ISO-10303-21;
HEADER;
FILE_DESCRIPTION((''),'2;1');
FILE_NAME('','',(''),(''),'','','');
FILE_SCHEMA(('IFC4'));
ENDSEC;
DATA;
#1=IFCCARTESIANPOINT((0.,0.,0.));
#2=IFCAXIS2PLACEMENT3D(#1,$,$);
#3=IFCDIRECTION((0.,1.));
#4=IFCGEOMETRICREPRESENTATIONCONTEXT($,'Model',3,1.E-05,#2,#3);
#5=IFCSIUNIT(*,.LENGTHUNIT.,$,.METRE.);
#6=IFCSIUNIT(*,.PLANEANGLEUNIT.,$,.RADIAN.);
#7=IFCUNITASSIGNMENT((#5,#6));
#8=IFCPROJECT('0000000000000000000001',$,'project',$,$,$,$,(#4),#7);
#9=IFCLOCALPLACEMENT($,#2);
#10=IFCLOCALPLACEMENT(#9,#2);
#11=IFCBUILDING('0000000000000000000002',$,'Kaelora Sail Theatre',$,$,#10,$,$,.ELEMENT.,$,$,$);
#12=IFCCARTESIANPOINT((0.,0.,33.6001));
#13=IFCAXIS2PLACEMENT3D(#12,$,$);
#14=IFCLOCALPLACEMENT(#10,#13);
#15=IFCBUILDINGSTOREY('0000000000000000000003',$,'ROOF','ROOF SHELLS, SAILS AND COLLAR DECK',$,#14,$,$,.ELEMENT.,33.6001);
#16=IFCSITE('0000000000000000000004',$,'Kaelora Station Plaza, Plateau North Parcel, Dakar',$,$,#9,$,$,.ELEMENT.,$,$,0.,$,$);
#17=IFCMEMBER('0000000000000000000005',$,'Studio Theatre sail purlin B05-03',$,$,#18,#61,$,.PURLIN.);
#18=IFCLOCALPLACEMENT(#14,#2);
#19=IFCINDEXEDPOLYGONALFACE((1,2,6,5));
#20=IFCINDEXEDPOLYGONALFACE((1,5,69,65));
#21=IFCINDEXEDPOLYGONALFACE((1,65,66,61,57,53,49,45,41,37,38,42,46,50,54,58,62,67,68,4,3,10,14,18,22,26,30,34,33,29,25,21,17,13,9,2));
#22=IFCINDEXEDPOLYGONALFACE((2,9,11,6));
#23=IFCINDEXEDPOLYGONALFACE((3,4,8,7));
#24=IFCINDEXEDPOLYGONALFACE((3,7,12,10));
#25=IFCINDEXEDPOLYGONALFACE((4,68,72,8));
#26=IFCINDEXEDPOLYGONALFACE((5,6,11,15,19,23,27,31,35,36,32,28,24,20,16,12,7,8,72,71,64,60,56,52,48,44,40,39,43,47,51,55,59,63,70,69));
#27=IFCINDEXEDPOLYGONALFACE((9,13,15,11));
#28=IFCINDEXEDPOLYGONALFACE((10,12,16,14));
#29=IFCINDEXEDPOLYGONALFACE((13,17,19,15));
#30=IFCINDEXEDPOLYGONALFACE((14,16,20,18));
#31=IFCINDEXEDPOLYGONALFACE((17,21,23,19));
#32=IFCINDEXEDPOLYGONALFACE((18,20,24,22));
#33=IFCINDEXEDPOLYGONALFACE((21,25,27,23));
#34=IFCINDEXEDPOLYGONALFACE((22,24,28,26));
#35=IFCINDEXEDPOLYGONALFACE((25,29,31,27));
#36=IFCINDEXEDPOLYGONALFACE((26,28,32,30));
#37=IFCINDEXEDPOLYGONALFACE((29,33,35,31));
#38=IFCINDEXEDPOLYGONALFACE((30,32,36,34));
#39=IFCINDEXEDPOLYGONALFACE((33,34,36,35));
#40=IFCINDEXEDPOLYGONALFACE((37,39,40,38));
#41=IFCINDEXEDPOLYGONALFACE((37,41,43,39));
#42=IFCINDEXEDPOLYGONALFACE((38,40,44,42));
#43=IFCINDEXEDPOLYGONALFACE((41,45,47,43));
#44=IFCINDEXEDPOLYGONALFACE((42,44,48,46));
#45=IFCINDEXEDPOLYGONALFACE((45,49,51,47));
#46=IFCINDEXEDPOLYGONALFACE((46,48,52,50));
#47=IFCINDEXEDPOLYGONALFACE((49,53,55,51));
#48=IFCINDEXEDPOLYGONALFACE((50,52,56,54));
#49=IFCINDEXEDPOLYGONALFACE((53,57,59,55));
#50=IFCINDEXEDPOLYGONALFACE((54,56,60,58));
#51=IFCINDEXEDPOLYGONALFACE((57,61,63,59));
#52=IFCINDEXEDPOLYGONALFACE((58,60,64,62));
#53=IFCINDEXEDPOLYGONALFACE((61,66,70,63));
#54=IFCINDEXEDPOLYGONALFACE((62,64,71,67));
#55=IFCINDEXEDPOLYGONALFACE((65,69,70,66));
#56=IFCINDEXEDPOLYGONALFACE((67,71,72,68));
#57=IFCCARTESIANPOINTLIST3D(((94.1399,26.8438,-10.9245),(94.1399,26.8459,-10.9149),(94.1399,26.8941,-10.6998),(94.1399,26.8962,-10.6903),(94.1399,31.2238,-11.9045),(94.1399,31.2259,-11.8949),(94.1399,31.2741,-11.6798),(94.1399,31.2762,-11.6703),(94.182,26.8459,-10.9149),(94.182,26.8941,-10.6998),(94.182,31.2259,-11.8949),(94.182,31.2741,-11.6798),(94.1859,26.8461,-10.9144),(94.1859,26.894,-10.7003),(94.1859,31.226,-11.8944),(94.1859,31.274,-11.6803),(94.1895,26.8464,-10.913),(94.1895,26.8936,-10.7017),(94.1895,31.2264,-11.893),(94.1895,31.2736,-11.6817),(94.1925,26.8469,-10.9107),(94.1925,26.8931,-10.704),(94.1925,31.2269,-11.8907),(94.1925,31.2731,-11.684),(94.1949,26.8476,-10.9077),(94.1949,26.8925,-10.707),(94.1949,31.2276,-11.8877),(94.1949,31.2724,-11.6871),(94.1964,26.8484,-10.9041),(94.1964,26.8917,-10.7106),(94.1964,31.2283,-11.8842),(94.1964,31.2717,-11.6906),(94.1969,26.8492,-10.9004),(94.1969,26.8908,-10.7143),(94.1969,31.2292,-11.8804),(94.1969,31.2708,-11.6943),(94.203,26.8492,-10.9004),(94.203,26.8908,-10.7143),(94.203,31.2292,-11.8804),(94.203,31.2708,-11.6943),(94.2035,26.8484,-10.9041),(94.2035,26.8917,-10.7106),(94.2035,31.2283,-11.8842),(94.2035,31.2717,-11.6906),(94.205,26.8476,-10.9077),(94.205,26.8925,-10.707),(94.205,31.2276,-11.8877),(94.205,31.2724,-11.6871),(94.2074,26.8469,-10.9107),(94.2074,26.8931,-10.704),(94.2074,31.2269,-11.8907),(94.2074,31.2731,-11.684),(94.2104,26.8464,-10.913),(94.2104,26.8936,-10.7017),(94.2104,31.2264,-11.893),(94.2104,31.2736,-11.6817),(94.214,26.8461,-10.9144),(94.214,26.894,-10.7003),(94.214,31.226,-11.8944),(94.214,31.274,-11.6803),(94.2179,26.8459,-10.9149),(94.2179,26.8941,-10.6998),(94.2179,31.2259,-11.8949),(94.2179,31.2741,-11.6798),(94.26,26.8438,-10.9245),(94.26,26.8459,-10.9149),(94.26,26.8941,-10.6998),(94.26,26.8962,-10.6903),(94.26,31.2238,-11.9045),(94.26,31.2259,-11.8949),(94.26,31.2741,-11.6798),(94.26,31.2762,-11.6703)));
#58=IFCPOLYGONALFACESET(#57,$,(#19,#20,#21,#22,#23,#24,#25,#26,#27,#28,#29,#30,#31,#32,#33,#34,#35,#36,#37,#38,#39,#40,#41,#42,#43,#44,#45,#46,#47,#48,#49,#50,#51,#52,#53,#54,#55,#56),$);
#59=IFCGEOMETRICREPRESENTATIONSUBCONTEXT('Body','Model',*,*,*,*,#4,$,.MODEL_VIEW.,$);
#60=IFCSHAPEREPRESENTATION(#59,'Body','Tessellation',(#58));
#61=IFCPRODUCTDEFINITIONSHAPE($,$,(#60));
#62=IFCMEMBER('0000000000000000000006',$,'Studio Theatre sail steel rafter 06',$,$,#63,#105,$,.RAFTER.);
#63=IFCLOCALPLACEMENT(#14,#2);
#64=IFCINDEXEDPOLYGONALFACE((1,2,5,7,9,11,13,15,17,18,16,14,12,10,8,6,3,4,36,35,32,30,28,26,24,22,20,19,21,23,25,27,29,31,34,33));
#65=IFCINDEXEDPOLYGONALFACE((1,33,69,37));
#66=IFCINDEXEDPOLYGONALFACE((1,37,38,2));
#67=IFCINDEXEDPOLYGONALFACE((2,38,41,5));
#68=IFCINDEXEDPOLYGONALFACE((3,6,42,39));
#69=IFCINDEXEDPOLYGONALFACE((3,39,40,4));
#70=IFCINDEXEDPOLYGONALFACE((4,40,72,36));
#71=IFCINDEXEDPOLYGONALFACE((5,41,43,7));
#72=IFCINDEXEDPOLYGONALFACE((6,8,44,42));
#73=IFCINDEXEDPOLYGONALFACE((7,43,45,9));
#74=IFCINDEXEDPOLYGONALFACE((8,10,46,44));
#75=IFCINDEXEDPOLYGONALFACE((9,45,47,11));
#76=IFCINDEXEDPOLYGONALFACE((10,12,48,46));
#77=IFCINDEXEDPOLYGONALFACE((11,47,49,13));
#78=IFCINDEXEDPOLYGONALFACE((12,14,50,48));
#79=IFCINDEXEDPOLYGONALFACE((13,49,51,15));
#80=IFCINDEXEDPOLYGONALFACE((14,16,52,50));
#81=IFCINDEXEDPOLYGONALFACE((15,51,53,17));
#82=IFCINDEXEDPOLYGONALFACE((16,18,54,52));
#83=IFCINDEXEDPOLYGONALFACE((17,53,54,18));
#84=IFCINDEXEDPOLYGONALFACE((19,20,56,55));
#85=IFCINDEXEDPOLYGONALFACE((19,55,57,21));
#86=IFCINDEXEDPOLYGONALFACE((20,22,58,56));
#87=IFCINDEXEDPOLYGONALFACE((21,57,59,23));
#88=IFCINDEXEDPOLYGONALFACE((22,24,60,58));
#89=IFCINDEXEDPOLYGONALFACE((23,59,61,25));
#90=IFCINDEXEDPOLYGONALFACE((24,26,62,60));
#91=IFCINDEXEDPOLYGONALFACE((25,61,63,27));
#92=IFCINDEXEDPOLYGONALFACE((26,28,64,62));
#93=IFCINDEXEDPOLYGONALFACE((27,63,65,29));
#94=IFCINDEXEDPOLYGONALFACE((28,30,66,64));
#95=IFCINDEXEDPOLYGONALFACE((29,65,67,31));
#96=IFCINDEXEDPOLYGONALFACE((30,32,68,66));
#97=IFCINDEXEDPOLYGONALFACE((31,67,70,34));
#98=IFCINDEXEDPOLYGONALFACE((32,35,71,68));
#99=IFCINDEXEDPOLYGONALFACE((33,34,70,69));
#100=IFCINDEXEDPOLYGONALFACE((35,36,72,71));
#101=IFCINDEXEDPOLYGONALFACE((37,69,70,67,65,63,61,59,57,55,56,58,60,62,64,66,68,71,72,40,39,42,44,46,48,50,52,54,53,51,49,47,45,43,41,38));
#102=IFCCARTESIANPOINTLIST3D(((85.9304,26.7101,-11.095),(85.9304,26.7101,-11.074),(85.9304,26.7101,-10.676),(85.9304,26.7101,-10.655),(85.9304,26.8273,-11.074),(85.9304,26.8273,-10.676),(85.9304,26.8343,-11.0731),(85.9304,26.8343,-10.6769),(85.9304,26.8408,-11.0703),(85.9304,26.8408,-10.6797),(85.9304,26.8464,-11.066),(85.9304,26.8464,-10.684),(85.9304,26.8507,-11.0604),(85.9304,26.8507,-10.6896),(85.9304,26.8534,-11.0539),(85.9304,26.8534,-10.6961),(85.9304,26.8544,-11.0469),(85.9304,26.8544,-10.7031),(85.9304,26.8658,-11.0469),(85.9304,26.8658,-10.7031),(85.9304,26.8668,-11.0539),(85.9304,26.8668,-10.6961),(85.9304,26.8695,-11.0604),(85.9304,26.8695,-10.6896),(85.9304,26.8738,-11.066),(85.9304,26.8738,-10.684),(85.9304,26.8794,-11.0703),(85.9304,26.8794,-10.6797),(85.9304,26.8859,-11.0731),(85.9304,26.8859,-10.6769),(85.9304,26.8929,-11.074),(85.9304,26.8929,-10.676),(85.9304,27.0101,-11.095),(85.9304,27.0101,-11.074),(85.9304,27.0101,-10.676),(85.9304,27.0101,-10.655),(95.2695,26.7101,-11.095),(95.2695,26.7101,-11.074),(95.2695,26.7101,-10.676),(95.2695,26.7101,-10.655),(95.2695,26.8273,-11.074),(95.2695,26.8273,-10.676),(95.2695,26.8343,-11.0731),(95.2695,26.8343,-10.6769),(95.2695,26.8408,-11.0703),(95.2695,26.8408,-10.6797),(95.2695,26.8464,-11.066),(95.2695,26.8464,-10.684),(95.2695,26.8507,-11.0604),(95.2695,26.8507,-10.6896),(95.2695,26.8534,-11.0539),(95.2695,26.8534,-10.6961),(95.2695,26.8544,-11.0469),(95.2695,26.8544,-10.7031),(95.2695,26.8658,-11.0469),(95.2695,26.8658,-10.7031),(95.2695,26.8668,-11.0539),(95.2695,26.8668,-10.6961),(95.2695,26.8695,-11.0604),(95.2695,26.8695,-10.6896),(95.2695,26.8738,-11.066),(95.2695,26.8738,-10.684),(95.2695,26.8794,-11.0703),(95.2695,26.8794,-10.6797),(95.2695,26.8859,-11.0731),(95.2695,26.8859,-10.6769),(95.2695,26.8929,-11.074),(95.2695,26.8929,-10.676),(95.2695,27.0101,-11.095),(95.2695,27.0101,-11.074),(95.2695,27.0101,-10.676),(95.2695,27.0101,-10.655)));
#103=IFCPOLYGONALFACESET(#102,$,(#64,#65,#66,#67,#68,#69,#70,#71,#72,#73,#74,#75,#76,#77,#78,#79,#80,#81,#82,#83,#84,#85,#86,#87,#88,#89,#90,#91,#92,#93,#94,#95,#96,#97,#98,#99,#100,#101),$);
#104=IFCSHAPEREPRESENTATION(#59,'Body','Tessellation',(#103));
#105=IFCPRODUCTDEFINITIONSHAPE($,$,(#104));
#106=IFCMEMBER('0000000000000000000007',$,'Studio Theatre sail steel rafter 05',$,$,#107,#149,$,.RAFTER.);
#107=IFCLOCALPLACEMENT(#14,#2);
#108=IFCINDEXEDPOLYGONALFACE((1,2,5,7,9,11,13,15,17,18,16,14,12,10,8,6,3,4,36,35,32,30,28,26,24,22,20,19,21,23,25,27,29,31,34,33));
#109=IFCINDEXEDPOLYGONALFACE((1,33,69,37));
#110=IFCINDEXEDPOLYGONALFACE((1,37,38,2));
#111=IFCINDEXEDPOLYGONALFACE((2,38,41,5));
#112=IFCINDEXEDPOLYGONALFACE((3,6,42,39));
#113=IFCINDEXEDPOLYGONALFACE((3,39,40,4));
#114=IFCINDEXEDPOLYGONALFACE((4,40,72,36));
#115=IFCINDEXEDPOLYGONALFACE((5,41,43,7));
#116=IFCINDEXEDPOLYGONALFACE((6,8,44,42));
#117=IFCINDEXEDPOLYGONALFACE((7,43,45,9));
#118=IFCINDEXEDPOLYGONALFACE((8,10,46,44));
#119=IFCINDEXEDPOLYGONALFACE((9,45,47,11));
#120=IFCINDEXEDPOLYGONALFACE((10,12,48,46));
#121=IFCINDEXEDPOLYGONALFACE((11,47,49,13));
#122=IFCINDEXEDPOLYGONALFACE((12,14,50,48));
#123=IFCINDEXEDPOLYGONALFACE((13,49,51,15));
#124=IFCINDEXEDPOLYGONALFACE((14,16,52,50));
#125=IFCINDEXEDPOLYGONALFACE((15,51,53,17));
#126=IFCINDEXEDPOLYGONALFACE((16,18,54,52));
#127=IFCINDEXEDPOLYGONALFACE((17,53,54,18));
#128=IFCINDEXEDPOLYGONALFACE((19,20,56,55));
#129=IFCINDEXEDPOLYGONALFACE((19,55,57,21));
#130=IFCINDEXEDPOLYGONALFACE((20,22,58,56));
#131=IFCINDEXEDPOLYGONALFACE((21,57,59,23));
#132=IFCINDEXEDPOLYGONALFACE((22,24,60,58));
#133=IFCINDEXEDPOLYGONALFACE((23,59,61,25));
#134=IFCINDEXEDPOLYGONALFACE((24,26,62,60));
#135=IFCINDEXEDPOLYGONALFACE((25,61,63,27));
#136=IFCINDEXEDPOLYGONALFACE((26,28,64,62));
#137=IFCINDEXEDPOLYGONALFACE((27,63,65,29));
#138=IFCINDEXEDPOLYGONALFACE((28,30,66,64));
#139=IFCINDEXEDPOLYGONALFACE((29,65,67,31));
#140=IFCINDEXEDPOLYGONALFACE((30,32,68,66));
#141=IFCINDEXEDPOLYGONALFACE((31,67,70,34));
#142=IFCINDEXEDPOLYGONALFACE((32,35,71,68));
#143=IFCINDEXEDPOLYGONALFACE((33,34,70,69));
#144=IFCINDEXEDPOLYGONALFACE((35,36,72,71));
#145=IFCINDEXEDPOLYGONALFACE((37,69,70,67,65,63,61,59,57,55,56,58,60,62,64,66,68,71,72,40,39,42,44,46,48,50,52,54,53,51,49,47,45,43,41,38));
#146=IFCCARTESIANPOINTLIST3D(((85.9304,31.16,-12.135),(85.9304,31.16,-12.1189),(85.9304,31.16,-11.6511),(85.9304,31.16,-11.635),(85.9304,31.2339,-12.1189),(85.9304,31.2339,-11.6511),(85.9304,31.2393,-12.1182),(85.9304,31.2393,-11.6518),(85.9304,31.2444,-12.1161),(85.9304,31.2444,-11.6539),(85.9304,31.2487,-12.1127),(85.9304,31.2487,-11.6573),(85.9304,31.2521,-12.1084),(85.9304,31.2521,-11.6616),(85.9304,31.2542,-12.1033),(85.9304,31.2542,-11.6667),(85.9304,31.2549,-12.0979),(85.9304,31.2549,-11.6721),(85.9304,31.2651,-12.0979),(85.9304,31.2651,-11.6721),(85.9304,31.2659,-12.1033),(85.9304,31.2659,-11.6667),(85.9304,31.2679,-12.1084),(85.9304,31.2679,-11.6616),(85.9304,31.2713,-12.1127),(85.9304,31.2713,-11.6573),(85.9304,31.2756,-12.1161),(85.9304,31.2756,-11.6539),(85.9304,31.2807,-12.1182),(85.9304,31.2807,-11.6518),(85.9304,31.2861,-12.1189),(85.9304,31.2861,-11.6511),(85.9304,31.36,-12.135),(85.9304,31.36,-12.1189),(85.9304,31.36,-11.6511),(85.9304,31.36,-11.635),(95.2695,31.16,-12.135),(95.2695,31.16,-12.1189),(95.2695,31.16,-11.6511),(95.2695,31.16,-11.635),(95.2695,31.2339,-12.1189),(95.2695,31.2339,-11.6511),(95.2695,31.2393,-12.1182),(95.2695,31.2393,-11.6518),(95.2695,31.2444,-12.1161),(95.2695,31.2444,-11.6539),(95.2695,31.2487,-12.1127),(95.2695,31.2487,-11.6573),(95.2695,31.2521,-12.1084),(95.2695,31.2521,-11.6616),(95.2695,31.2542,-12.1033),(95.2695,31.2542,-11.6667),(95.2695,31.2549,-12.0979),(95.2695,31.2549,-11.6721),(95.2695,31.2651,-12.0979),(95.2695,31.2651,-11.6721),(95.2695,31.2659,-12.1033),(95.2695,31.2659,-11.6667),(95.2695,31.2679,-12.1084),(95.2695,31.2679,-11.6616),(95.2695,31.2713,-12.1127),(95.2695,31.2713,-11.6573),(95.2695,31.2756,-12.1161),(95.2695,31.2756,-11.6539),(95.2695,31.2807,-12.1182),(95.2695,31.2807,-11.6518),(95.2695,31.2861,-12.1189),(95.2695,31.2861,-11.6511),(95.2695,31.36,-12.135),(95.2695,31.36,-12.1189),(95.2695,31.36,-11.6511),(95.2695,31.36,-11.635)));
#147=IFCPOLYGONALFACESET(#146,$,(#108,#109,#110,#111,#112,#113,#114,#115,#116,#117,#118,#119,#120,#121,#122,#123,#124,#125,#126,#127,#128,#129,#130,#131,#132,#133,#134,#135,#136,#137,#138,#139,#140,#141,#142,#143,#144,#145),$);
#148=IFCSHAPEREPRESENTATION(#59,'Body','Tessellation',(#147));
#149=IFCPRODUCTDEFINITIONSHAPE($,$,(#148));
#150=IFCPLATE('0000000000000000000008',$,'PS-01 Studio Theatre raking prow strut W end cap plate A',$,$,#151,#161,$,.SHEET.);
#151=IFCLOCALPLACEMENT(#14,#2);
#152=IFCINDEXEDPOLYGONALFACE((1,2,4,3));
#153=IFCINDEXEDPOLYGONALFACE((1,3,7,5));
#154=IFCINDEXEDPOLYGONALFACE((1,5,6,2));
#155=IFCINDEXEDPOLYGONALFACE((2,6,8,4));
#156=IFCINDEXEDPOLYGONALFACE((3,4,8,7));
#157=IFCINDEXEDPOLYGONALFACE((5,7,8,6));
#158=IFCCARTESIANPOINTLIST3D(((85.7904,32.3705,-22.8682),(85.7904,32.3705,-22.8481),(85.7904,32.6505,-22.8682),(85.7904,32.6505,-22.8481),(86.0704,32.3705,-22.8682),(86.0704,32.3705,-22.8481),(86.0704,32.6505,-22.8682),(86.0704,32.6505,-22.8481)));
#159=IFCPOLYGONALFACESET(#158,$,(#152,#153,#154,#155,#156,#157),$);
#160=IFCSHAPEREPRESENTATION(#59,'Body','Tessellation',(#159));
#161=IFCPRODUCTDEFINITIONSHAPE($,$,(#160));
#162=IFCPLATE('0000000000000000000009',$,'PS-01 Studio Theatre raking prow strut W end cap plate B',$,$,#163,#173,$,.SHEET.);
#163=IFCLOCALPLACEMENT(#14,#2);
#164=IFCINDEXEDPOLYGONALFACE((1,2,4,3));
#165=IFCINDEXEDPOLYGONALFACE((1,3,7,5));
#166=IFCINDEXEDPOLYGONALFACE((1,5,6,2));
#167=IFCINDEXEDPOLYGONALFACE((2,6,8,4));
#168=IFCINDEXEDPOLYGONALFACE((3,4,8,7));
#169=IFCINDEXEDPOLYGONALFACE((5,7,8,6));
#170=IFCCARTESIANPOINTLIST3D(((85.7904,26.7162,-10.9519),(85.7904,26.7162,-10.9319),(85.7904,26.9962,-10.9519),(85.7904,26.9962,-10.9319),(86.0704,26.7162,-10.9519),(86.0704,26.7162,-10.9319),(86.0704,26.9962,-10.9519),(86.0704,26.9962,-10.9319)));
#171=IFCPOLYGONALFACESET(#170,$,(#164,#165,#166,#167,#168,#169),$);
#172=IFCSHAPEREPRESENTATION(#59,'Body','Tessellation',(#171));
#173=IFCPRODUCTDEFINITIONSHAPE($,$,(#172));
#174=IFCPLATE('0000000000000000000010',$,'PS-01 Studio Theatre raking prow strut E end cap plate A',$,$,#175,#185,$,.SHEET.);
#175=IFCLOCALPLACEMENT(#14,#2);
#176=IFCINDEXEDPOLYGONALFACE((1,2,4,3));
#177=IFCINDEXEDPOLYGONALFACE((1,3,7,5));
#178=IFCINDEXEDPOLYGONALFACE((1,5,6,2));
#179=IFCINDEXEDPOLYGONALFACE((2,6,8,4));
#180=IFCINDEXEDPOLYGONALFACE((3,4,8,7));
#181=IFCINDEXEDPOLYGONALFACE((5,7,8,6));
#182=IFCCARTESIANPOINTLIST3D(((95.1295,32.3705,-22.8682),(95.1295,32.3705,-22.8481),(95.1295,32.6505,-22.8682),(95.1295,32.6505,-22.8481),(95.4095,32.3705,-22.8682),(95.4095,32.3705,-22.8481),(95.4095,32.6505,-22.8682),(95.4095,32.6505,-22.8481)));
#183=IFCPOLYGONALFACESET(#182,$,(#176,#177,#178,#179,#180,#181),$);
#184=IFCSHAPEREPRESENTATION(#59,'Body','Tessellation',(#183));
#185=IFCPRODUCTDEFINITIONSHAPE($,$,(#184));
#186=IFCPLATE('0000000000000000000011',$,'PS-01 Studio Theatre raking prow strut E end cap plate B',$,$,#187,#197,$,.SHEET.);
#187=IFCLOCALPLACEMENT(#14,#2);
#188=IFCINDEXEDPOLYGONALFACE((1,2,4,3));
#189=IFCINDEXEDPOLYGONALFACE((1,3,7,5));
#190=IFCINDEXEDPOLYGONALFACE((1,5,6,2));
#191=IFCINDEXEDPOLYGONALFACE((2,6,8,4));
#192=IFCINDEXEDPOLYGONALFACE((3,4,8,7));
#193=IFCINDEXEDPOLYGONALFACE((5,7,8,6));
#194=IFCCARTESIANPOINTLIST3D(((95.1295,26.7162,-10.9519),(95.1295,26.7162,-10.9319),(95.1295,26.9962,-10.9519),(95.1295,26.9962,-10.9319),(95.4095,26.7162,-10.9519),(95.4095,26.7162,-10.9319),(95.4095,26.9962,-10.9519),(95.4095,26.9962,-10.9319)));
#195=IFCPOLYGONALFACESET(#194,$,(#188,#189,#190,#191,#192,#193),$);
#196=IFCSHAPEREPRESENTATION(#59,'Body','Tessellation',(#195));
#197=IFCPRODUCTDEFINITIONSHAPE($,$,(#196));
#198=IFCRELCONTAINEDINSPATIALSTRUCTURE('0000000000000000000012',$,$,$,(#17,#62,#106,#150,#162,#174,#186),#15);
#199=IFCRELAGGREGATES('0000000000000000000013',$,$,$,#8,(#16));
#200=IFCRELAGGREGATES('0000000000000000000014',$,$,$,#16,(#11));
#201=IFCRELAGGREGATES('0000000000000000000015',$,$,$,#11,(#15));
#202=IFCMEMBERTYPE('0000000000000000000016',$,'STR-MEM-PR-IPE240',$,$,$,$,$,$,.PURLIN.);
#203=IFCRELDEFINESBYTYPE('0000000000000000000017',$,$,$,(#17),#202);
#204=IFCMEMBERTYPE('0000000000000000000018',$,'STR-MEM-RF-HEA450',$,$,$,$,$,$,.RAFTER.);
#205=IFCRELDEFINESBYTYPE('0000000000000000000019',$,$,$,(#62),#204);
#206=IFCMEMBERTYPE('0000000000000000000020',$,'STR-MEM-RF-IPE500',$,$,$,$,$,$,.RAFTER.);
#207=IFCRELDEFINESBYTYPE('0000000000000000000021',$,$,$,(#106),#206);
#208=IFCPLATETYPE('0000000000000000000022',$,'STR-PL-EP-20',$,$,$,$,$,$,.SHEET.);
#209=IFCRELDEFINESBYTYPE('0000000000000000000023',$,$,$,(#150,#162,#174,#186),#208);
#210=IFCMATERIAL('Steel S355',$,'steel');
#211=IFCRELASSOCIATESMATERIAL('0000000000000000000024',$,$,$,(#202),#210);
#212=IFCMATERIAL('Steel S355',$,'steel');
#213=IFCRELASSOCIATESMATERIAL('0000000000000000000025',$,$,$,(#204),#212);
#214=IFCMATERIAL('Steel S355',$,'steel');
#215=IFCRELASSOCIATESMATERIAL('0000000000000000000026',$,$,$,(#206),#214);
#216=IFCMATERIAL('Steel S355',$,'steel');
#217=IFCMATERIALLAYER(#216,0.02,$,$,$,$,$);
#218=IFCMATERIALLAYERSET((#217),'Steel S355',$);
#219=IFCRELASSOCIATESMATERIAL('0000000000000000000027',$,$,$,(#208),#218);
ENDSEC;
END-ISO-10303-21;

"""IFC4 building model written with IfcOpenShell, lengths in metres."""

from ifc_helpers import new_model, si_unit, direction, frame, origin, origin_2d, place, context, subcontext, project, spatial, rectangle, i_section, extrude, material, layer, layer_set, material_profile, profile_set, type_object, element, save


model = new_model("IFC4")

# Units and contexts
model_context = context("Model", 3, precision=1e-05, world=origin(), true_north=direction((0.0, 1.0)))
body_context = subcontext(model_context, "Body", "Model", "MODEL_VIEW")
ifc_project = project(units=[si_unit("LENGTHUNIT", "METRE"), si_unit("PLANEANGLEUNIT", "RADIAN")], contexts=[model_context])

# Site, building, storey
site_placement = place(None, origin())
site = spatial("IfcSite", under=ifc_project, at=site_placement, Name="Kaelora Station Plaza, Plateau North Parcel, Dakar", CompositionType="ELEMENT", RefElevation=0.0)
building_placement = place(site_placement, origin())
building = spatial("IfcBuilding", under=site, at=building_placement, Name="Kaelora Sail Theatre", CompositionType="ELEMENT")
storey_placement = place(building_placement, frame((0.0, 0.0, 33.6001)))
storey = spatial("IfcBuildingStorey", under=building, at=storey_placement, Name="ROOF", Description="ROOF SHELLS, SAILS AND COLLAR DECK", CompositionType="ELEMENT", Elevation=33.6001)

# Members
ifc_material_1 = material(Name="Steel S355", Category="steel")
ifc_material_profile_1 = material_profile(ifc_material_1, i_section(OverallWidth=0.1201, OverallDepth=0.24, WebThickness=0.0061, FlangeThickness=0.0098, FilletRadius=0.0149, at=origin_2d()), Name="IPE 240")
ifc_profile_set_1 = profile_set([ifc_material_profile_1], Name="Steel S355")
member_type_1 = type_object("IfcMemberType", Name="STR-MEM-PR-IPE240", PredefinedType="PURLIN", material=ifc_profile_set_1)
for number, where, z_axis, x_axis, name in (
    (1, (94.2, 31.25, -11.7874), (0.0, -0.975871, 0.218347), (1.0, 0.0, 0.0), "Studio Theatre sail purlin B05-03"),
):
    element("IfcMember", number, at=place(storey_placement, frame(where, z_axis=z_axis, x_axis=x_axis)), inside=storey, type_object=member_type_1, Name=name, PredefinedType="PURLIN", context=body_context, shape_type="SweptSolid", body=[
        extrude(i_section(OverallWidth=0.1201, OverallDepth=0.24, WebThickness=0.0061, FlangeThickness=0.0098, FilletRadius=0.0149, at=origin_2d()), origin(), (0.0, 0.0, 1.0), 4.4883),
    ])
ifc_material_2 = material(Name="Steel S355", Category="steel")
ifc_material_profile_2 = material_profile(ifc_material_2, i_section(OverallWidth=0.3, OverallDepth=0.4399, WebThickness=0.0115, FlangeThickness=0.021, FilletRadius=0.0271, at=origin_2d()), Name="HEA 450")
ifc_profile_set_2 = profile_set([ifc_material_profile_2], Name="Steel S355")
member_type_2 = type_object("IfcMemberType", Name="STR-MEM-RF-HEA450", PredefinedType="RAFTER", material=ifc_profile_set_2)
member_1_placement = place(storey_placement, frame((85.9304, 26.8601, -10.875), z_axis=(1.0, 0.0, 0.0), x_axis=(0.0, 1.0, 0.0)))
element("IfcMember", 2, at=member_1_placement, inside=storey, type_object=member_type_2, Name="Studio Theatre sail steel rafter 06", PredefinedType="RAFTER", context=body_context, shape_type="SweptSolid", body=[
    extrude(i_section(OverallWidth=0.3, OverallDepth=0.4399, WebThickness=0.0115, FlangeThickness=0.021, FilletRadius=0.0271, at=origin_2d()), origin(), (0.0, 0.0, 1.0), 9.3391),
])
ifc_material_3 = material(Name="Steel S355", Category="steel")
ifc_material_profile_3 = material_profile(ifc_material_3, i_section(OverallWidth=0.2, OverallDepth=0.5, WebThickness=0.0103, FlangeThickness=0.0161, FilletRadius=0.021, at=origin_2d()), Name="IPE 500")
ifc_profile_set_3 = profile_set([ifc_material_profile_3], Name="Steel S355")
member_type_3 = type_object("IfcMemberType", Name="STR-MEM-RF-IPE500", PredefinedType="RAFTER", material=ifc_profile_set_3)
member_2_placement = place(storey_placement, frame((85.9304, 31.26, -11.885), z_axis=(1.0, 0.0, 0.0), x_axis=(0.0, 1.0, 0.0)))
element("IfcMember", 3, at=member_2_placement, inside=storey, type_object=member_type_3, Name="Studio Theatre sail steel rafter 05", PredefinedType="RAFTER", context=body_context, shape_type="SweptSolid", body=[
    extrude(i_section(OverallWidth=0.2, OverallDepth=0.5, WebThickness=0.0103, FlangeThickness=0.0161, FilletRadius=0.021, at=origin_2d()), origin(), (0.0, 0.0, 1.0), 9.3391),
])

# Plates
ifc_material_4 = material(Name="Steel S355", Category="steel")
ifc_layer_1 = layer(ifc_material_4, 0.02)
ifc_layer_set_1 = layer_set([ifc_layer_1], Name="Steel S355")
plate_type = type_object("IfcPlateType", Name="STR-PL-EP-20", PredefinedType="SHEET", material=ifc_layer_set_1)
for number, where, z_axis, x_axis, name in (
    (4, (85.9304, 32.5105, -22.8682), (0.0, 0.0, 1.0), (1.0, 0.0, 0.0), "PS-01 Studio Theatre raking prow strut W end cap plate A"),
    (5, (85.9304, 26.8562, -10.9519), (0.0, 0.0, 1.0), (1.0, 0.0, 0.0), "PS-01 Studio Theatre raking prow strut W end cap plate B"),
    (6, (95.2695, 32.5105, -22.8682), (0.0, 0.0, 1.0), (1.0, 0.0, 0.0), "PS-01 Studio Theatre raking prow strut E end cap plate A"),
    (7, (95.2695, 26.8562, -10.9519), (0.0, 0.0, 1.0), (1.0, 0.0, 0.0), "PS-01 Studio Theatre raking prow strut E end cap plate B"),
):
    element("IfcPlate", number, at=place(storey_placement, frame(where, z_axis=z_axis, x_axis=x_axis)), inside=storey, type_object=plate_type, Name=name, PredefinedType="SHEET", context=body_context, shape_type="SweptSolid", body=[
        extrude(rectangle(XDim=0.28, YDim=0.28, at=origin_2d()), origin(), (0.0, 0.0, 1.0), 0.02),
    ])

save(model, "model.ifc")
